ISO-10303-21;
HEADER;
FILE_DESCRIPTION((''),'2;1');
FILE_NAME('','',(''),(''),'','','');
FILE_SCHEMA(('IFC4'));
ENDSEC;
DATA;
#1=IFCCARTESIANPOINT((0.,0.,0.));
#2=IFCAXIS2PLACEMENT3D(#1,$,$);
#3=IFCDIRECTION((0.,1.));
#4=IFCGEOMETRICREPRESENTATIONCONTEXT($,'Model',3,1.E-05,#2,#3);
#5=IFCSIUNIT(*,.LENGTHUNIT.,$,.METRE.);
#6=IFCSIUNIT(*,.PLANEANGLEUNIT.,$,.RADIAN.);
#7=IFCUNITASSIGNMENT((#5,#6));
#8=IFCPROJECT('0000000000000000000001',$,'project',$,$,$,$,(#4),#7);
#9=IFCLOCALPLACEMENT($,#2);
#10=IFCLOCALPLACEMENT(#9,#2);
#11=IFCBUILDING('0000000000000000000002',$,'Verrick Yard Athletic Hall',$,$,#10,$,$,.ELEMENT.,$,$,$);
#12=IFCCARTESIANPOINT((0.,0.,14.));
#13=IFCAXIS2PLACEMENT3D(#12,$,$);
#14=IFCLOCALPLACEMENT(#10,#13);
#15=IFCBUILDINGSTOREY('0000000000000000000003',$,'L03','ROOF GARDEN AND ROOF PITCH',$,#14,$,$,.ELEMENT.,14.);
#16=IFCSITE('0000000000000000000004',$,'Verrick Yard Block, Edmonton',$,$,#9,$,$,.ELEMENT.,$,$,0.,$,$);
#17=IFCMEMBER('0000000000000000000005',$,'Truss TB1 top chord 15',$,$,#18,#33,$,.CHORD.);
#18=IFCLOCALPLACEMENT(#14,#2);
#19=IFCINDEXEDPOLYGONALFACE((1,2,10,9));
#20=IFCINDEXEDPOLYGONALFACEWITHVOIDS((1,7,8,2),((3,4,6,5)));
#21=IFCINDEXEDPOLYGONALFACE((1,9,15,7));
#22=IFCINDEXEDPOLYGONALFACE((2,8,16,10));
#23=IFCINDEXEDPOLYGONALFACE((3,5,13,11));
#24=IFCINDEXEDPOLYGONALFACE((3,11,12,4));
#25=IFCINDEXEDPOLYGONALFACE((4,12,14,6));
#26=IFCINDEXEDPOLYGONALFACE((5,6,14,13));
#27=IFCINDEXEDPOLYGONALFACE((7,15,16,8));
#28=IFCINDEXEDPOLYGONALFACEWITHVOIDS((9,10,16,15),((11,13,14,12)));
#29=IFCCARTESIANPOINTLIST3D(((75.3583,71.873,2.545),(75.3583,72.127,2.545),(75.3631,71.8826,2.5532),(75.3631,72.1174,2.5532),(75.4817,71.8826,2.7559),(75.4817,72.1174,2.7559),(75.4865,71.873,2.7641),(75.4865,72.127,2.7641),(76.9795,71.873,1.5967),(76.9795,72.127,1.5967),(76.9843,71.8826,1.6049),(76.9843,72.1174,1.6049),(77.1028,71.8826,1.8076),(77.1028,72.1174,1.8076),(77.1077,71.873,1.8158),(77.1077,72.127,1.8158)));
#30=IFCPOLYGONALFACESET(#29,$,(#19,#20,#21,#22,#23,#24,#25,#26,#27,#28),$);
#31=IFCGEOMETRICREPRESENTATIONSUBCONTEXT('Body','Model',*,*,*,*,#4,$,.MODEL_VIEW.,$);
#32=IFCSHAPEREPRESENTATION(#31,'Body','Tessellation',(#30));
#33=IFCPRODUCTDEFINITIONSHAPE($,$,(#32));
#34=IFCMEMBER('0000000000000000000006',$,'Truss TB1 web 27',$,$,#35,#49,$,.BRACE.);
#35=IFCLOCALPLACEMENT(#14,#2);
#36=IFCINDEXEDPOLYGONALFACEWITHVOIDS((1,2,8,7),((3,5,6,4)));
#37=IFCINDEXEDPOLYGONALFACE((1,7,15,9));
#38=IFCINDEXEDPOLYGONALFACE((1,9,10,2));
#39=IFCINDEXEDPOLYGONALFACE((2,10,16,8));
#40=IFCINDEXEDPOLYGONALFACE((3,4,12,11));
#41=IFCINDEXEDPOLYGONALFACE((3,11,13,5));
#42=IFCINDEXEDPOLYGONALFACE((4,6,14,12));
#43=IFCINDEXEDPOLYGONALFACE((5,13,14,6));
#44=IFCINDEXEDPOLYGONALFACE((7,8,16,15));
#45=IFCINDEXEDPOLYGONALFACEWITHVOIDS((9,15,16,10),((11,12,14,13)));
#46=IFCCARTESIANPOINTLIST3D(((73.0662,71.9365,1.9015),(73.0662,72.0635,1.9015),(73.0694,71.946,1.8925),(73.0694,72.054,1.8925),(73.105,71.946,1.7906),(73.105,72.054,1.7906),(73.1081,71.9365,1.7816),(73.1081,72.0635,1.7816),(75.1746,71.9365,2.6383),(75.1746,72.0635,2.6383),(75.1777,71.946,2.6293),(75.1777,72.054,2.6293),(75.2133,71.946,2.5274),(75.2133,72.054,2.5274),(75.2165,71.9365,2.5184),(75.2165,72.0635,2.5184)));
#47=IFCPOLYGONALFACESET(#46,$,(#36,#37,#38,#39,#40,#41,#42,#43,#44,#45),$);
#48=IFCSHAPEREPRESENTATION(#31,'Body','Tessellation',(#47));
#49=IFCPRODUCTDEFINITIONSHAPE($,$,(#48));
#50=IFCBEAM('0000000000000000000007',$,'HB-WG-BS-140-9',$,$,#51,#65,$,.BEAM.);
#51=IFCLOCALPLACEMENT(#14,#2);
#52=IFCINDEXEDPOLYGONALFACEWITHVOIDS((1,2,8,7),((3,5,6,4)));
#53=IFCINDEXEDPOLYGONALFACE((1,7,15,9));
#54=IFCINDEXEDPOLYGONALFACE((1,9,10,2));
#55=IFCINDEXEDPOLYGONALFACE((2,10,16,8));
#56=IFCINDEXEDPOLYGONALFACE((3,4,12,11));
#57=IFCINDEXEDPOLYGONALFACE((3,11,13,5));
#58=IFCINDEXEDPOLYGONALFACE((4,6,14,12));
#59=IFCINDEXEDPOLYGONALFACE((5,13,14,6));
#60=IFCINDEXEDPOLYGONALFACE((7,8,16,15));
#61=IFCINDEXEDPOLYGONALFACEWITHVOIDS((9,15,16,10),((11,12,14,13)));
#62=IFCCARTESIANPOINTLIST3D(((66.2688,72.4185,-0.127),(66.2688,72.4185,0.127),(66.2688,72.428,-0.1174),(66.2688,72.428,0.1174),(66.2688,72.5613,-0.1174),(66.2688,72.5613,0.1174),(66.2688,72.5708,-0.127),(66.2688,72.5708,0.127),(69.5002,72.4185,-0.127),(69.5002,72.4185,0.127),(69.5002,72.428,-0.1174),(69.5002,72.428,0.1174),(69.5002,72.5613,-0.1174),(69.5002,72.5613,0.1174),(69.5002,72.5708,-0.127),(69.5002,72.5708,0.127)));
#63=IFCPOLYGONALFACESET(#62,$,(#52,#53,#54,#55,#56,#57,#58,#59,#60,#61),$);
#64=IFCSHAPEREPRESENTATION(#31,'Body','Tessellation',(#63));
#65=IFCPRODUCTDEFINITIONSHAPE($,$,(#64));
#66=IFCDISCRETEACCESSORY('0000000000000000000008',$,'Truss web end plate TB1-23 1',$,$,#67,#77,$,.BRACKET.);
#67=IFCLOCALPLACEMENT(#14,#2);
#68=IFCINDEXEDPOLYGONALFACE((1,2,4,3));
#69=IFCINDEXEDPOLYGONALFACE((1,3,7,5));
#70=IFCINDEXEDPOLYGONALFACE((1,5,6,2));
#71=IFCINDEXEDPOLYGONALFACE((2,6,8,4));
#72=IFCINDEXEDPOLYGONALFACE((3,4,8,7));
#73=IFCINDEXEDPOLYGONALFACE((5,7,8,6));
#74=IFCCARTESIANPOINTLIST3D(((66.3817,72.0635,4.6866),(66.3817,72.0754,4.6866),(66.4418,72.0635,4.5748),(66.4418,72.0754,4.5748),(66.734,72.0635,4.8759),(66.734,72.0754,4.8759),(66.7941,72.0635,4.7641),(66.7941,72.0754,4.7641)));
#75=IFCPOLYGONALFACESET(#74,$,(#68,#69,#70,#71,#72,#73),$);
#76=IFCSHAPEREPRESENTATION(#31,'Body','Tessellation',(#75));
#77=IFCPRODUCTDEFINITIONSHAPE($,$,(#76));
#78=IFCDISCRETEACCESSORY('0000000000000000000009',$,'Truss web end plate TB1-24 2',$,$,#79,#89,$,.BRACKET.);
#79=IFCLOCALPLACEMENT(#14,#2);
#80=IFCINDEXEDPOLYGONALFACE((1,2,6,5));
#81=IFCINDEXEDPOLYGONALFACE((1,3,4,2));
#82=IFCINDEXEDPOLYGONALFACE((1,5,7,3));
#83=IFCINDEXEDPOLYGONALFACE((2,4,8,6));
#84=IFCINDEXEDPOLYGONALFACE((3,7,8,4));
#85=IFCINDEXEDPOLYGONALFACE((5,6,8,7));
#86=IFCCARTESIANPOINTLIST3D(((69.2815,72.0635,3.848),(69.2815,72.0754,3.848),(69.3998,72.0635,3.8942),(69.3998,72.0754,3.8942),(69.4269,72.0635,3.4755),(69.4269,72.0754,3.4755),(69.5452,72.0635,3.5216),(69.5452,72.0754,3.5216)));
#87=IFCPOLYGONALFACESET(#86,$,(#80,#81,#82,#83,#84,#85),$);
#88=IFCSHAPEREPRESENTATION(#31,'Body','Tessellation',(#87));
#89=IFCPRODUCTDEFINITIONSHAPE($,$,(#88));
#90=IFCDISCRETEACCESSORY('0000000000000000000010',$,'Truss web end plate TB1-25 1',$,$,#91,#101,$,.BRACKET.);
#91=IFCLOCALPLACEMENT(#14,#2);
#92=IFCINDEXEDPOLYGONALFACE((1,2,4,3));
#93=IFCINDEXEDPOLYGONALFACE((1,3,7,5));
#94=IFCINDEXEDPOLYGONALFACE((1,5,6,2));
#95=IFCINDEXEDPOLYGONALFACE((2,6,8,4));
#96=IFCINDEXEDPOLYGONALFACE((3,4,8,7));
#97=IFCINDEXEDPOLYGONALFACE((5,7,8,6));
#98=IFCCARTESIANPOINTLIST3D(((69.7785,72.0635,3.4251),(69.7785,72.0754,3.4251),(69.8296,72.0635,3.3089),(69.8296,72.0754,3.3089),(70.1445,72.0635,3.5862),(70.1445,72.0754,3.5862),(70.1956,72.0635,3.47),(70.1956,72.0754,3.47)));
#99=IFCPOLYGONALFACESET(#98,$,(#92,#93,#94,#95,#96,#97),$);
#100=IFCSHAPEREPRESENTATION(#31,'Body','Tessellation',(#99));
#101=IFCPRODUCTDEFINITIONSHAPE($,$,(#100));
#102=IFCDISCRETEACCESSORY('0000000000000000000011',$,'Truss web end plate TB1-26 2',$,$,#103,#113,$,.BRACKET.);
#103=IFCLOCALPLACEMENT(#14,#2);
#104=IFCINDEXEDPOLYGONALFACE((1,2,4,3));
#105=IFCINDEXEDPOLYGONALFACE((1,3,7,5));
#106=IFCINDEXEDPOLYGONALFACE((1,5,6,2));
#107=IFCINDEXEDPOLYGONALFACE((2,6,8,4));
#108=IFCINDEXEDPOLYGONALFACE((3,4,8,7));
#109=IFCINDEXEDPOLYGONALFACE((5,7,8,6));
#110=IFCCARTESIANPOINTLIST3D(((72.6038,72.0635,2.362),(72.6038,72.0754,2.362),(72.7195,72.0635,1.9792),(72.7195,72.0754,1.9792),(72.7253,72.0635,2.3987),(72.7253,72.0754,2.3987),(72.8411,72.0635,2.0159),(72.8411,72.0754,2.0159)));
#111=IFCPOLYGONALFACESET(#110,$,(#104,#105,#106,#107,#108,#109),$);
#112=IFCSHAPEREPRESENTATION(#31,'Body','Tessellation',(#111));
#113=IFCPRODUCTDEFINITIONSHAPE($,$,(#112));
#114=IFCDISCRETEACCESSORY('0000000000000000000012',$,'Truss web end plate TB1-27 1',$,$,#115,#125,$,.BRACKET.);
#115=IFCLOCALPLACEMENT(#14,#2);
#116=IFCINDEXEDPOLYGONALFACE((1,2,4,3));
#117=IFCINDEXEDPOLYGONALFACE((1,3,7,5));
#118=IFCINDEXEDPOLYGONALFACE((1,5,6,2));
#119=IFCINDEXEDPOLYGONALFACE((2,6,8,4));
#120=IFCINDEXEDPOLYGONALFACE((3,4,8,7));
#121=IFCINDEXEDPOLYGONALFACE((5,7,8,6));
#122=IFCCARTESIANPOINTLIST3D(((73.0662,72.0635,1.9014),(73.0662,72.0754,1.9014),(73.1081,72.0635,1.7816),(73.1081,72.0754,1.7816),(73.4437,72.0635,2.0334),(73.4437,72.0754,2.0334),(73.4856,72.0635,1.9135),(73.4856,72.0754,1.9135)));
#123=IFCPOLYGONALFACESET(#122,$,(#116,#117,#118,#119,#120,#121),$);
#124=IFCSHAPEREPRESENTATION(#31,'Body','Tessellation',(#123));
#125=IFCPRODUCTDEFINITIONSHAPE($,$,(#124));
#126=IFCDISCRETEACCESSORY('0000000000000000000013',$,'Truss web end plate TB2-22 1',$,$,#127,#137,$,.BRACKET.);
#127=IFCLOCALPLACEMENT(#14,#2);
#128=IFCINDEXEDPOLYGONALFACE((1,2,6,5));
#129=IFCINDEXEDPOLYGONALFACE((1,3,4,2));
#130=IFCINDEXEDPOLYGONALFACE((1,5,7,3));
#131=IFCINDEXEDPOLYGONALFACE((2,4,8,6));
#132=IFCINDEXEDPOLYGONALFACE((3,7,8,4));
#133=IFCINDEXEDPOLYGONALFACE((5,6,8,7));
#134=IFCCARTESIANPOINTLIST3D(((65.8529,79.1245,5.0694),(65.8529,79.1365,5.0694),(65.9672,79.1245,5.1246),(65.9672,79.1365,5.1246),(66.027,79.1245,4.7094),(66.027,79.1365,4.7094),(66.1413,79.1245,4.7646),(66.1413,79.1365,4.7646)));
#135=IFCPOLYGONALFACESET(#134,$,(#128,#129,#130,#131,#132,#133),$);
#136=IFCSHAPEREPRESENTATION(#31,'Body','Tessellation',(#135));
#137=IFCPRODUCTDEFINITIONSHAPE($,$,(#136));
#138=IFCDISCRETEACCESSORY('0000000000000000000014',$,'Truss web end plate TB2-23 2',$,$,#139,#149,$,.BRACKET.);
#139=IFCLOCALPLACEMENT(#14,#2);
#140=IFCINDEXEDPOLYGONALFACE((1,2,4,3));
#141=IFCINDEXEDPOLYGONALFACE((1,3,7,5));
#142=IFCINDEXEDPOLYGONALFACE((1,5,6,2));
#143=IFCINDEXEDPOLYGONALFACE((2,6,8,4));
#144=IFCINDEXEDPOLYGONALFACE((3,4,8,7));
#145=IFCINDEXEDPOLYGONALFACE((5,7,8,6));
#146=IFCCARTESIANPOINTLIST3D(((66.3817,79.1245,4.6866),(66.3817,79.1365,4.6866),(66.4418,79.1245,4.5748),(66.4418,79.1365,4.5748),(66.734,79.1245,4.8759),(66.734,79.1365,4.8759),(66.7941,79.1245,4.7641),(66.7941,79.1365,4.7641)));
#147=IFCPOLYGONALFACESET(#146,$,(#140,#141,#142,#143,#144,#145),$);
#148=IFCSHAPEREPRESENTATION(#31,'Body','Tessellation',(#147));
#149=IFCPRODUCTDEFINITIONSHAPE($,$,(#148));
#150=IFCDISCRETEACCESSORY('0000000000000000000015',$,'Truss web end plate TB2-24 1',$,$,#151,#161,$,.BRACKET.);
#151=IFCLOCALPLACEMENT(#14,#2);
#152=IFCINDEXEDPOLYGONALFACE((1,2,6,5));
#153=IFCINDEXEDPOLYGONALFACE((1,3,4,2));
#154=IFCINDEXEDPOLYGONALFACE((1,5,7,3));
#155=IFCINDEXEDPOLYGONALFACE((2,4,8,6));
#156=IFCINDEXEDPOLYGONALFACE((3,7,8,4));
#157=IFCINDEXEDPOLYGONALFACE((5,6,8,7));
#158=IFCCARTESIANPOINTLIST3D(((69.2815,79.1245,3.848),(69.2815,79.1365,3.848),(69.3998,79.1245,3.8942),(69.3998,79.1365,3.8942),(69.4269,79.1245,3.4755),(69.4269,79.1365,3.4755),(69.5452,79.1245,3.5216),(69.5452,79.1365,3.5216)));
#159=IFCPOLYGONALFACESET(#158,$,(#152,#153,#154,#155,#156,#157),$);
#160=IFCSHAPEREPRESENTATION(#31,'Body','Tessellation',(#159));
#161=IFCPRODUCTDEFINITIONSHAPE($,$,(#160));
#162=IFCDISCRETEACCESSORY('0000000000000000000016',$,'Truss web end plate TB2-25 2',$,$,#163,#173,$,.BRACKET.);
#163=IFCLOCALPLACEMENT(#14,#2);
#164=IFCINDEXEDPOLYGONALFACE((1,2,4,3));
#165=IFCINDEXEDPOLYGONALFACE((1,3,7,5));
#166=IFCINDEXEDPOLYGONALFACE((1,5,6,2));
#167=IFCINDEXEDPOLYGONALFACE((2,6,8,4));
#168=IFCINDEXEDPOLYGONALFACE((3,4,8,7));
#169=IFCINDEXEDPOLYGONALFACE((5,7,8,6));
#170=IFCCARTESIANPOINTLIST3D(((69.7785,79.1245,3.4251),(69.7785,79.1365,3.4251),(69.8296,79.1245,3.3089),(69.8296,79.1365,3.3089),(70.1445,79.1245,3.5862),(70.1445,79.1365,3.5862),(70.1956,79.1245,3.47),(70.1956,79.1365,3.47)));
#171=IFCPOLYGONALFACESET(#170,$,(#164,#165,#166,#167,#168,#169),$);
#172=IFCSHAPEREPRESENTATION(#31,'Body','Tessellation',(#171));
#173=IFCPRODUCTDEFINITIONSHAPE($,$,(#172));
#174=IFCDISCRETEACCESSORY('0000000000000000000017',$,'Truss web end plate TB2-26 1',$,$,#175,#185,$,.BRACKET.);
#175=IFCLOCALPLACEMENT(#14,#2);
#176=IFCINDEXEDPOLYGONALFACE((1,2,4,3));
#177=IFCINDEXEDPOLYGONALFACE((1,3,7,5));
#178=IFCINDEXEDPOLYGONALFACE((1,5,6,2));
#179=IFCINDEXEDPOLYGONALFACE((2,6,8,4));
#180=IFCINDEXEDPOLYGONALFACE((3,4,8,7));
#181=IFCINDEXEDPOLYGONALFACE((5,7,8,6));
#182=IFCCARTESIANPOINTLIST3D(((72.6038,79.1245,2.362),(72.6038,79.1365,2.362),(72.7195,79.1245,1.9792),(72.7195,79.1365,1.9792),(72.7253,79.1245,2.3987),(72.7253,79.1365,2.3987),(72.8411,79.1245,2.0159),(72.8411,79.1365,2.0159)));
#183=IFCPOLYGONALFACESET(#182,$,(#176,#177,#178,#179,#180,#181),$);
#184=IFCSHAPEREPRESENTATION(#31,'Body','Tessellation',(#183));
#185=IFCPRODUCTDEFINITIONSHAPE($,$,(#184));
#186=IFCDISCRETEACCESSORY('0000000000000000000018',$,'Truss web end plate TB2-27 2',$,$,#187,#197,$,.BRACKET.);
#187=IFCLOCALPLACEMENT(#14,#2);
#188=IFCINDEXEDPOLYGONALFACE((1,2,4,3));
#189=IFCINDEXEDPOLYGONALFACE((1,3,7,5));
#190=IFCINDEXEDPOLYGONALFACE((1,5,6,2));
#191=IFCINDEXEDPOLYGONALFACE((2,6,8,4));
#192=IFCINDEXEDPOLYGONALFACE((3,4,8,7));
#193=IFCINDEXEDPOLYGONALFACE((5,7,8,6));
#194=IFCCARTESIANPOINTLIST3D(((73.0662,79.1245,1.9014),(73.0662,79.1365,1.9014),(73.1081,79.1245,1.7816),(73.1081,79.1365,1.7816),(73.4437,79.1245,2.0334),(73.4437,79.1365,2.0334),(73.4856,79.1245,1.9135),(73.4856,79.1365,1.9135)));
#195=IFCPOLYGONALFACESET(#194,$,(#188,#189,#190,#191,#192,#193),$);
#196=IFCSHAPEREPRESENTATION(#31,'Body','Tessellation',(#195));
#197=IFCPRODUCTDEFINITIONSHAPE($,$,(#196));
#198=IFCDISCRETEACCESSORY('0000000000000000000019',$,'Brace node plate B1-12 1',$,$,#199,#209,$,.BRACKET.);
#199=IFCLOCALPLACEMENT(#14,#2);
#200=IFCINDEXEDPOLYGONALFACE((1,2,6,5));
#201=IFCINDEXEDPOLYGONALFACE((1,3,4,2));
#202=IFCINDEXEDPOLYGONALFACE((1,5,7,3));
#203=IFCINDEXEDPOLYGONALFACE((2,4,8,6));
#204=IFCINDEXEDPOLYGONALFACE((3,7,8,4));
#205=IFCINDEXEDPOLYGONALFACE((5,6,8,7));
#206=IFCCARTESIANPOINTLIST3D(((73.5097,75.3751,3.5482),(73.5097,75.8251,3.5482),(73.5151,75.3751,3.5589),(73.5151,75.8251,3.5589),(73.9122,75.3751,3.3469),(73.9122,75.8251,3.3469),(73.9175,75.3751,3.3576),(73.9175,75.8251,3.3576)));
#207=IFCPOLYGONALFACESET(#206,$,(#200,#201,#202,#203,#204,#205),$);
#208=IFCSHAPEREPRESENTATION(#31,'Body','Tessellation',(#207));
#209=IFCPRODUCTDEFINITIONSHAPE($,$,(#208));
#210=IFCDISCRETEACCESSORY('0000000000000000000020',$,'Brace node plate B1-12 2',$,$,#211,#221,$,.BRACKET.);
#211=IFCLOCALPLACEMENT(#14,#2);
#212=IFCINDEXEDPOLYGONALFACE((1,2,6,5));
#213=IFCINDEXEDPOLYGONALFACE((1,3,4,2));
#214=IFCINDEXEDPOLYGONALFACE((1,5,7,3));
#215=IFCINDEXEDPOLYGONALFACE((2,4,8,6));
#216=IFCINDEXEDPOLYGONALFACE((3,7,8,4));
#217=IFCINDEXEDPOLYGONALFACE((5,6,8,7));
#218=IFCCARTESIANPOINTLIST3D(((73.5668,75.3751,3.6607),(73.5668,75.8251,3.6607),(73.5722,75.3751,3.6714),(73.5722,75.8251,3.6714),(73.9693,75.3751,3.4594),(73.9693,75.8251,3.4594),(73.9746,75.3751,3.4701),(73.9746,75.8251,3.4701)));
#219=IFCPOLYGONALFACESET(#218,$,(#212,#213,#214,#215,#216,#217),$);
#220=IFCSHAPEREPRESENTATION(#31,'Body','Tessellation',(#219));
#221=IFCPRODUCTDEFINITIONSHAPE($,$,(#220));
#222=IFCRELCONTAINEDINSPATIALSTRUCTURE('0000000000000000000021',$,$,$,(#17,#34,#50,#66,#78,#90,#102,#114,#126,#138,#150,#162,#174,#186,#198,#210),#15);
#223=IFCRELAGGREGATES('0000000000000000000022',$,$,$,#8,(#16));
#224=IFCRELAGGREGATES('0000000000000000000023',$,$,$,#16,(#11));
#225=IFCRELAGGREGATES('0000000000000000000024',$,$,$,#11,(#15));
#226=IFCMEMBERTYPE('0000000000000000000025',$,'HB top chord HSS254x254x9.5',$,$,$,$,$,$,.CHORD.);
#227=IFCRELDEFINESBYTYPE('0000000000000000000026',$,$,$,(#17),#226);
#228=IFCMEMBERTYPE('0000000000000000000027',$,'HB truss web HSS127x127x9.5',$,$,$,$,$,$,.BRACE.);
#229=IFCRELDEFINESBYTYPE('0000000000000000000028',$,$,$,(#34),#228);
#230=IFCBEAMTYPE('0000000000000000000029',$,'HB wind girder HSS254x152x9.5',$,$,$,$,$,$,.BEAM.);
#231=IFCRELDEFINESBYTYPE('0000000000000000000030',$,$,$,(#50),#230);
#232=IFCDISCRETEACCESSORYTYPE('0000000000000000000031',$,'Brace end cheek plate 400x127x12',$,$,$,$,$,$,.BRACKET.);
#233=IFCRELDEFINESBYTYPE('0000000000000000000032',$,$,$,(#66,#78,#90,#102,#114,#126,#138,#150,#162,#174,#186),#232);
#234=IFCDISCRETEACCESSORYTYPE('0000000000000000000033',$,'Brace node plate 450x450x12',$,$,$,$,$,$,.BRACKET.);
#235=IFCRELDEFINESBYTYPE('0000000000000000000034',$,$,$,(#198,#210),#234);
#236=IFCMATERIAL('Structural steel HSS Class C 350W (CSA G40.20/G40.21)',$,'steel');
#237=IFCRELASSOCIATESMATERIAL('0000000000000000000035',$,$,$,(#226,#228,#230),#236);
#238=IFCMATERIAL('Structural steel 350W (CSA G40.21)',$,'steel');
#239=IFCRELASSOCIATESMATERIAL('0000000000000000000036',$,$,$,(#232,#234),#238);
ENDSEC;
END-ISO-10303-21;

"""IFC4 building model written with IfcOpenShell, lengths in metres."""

from ifc_helpers import new_model, si_unit, direction, frame, origin, origin_2d, place, context, subcontext, project, spatial, rectangle, hollow_rectangle, extrude, material, material_profile, profile_set, type_object, element, save


model = new_model("IFC4")

# Units and contexts
model_context = context("Model", 3, precision=1e-05, world=origin(), true_north=direction((0.0, 1.0)))
body_context = subcontext(model_context, "Body", "Model", "MODEL_VIEW")
ifc_project = project(units=[si_unit("LENGTHUNIT", "METRE"), si_unit("PLANEANGLEUNIT", "RADIAN")], contexts=[model_context])

# Site, building, storey
site_placement = place(None, origin())
site = spatial("IfcSite", under=ifc_project, at=site_placement, Name="Verrick Yard Block, Edmonton", CompositionType="ELEMENT", RefElevation=0.0)
building_placement = place(site_placement, origin())
building = spatial("IfcBuilding", under=site, at=building_placement, Name="Verrick Yard Athletic Hall", CompositionType="ELEMENT")
storey_placement = place(building_placement, frame((0.0, 0.0, 14.0)))
storey = spatial("IfcBuildingStorey", under=building, at=storey_placement, Name="L03", Description="ROOF GARDEN AND ROOF PITCH", CompositionType="ELEMENT", Elevation=14.0)

# Members
ifc_material_1 = material(Name="Structural steel HSS Class C 350W (CSA G40.20/G40.21)", Category="steel")
ifc_material_profile_1 = material_profile(ifc_material_1, hollow_rectangle(XDim=0.2539, YDim=0.2539, WallThickness=0.0095, at=origin_2d()), Name="HSS254x254x9.5")
ifc_profile_set_1 = profile_set([ifc_material_profile_1], Name="Structural steel HSS Class C 350W (CSA G40.20/G40.21)")
member_type_1 = type_object("IfcMemberType", Name="HB top chord HSS254x254x9.5", PredefinedType="CHORD", material=ifc_profile_set_1)
member_1_placement = place(storey_placement, frame((75.4224, 72.0, 2.6545), z_axis=(0.863175, 0.0, -0.504905), x_axis=(0.0, 1.0, 0.0)))
element("IfcMember", 1, at=member_1_placement, inside=storey, type_object=member_type_1, Name="Truss TB1 top chord 15", PredefinedType="CHORD", context=body_context, shape_type="SweptSolid", body=[
    extrude(hollow_rectangle(XDim=0.2539, YDim=0.2539, WallThickness=0.0095, at=origin_2d()), origin(), (0.0, 0.0, 1.0), 1.8782),
])
ifc_material_profile_2 = material_profile(ifc_material_1, hollow_rectangle(XDim=0.127, YDim=0.127, WallThickness=0.0095, at=origin_2d()), Name="HSS127x127x9.5")
ifc_profile_set_2 = profile_set([ifc_material_profile_2], Name="Structural steel HSS Class C 350W (CSA G40.20/G40.21)")
member_type_2 = type_object("IfcMemberType", Name="HB truss web HSS127x127x9.5", PredefinedType="BRACE", material=ifc_profile_set_2)
member_2_placement = place(storey_placement, frame((73.0872, 72.0, 1.8416), z_axis=(0.944015, 0.0, 0.329902), x_axis=(0.0, 1.0, 0.0)))
element("IfcMember", 2, at=member_2_placement, inside=storey, type_object=member_type_2, Name="Truss TB1 web 27", PredefinedType="BRACE", context=body_context, shape_type="SweptSolid", body=[
    extrude(hollow_rectangle(XDim=0.127, YDim=0.127, WallThickness=0.0095, at=origin_2d()), origin(), (0.0, 0.0, 1.0), 2.2334),
])

# Beam
ifc_material_profile_3 = material_profile(ifc_material_1, hollow_rectangle(XDim=0.1523, YDim=0.2539, WallThickness=0.0095, at=origin_2d()), Name="HSS254x152x9.5")
ifc_profile_set_3 = profile_set([ifc_material_profile_3], Name="Structural steel HSS Class C 350W (CSA G40.20/G40.21)")
beam_type = type_object("IfcBeamType", Name="HB wind girder HSS254x152x9.5", PredefinedType="BEAM", material=ifc_profile_set_3)
beam_placement = place(storey_placement, frame((66.2688, 72.4946, 0.0), z_axis=(1.0, 0.0, 0.0), x_axis=(0.0, 1.0, 0.0)))
element("IfcBeam", 3, at=beam_placement, inside=storey, type_object=beam_type, Name="HB-WG-BS-140-9", PredefinedType="BEAM", context=body_context, shape_type="SweptSolid", body=[
    extrude(hollow_rectangle(XDim=0.1523, YDim=0.2539, WallThickness=0.0095, at=origin_2d()), origin(), (0.0, 0.0, 1.0), 3.2314),
])

# Discrete accessories
ifc_material_2 = material(Name="Structural steel 350W (CSA G40.21)", Category="steel")
ifc_material_profile_4 = material_profile(ifc_material_2, rectangle(XDim=0.3999, YDim=0.127, at=origin_2d()), Name="Brace end cheek plate")
ifc_profile_set_4 = profile_set([ifc_material_profile_4], Name="Structural steel 350W (CSA G40.21)")
discrete_accessory_type_1 = type_object("IfcDiscreteAccessoryType", Name="Brace end cheek plate 400x127x12", PredefinedType="BRACKET", material=ifc_profile_set_4)
for number, where, z_axis, x_axis, name in (
    (4, (66.5879, 72.0635, 4.7253), (0.0, 1.0, 0.0), (0.88092, 0.0, 0.473265), "Truss web end plate TB1-23 1"),
    (5, (69.4133, 72.0635, 3.6848), (0.0, 1.0, 0.0), (-0.363563, 0.0, 0.93157), "Truss web end plate TB1-24 2"),
    (6, (69.9871, 72.0635, 3.4475), (0.0, 1.0, 0.0), (0.915285, 0.0, 0.402806), "Truss web end plate TB1-25 1"),
    (7, (72.7224, 72.0635, 2.189), (0.0, 1.0, 0.0), (-0.289473, 0.0, 0.957186), "Truss web end plate TB1-26 2"),
    (8, (73.2759, 72.0635, 1.9075), (0.0, 1.0, 0.0), (0.944026, 0.0, 0.329872), "Truss web end plate TB1-27 1"),
    (9, (65.9971, 79.1365, 4.917), (0.0, -1.0, 0.0), (-0.435417, 0.0, 0.900229), "Truss web end plate TB2-22 1"),
    (10, (66.5879, 79.1365, 4.7253), (0.0, -1.0, 0.0), (0.88092, 0.0, 0.473265), "Truss web end plate TB2-23 2"),
    (11, (69.4133, 79.1365, 3.6848), (0.0, -1.0, 0.0), (-0.363563, 0.0, 0.93157), "Truss web end plate TB2-24 1"),
    (12, (69.9871, 79.1365, 3.4475), (0.0, -1.0, 0.0), (0.915285, 0.0, 0.402806), "Truss web end plate TB2-25 2"),
    (13, (72.7224, 79.1365, 2.189), (0.0, -1.0, 0.0), (-0.289473, 0.0, 0.957186), "Truss web end plate TB2-26 1"),
    (14, (73.2759, 79.1365, 1.9075), (0.0, -1.0, 0.0), (0.944026, 0.0, 0.329872), "Truss web end plate TB2-27 2"),
):
    element("IfcDiscreteAccessory", number, at=place(storey_placement, frame(where, z_axis=z_axis, x_axis=x_axis)), inside=storey, type_object=discrete_accessory_type_1, Name=name, PredefinedType="BRACKET", context=body_context, shape_type="SweptSolid", body=[
        extrude(rectangle(XDim=0.3999, YDim=0.127, at=origin_2d()), origin(), (0.0, 0.0, 1.0), 0.012),
    ])
ifc_material_profile_5 = material_profile(ifc_material_2, rectangle(XDim=0.45, YDim=0.45, at=origin_2d()), Name="Brace node plate")
ifc_profile_set_5 = profile_set([ifc_material_profile_5], Name="Structural steel 350W (CSA G40.21)")
discrete_accessory_type_2 = type_object("IfcDiscreteAccessoryType", Name="Brace node plate 450x450x12", PredefinedType="BRACKET", material=ifc_profile_set_5)
for number, where, z_axis, x_axis, name in (
    (15, (73.7163, 75.6001, 3.4583), (-0.447214, 0.0, -0.894427), (0.0, -1.0, 0.0), "Brace node plate B1-12 1"),
    (16, (73.7681, 75.6001, 3.5601), (0.447214, 0.0, 0.894427), (0.0, 1.0, 0.0), "Brace node plate B1-12 2"),
):
    element("IfcDiscreteAccessory", number, at=place(storey_placement, frame(where, z_axis=z_axis, x_axis=x_axis)), inside=storey, type_object=discrete_accessory_type_2, Name=name, PredefinedType="BRACKET", context=body_context, shape_type="SweptSolid", body=[
        extrude(rectangle(XDim=0.45, YDim=0.45, at=origin_2d()), origin(), (0.0, 0.0, 1.0), 0.012),
    ])

save(model, "model.ifc")
